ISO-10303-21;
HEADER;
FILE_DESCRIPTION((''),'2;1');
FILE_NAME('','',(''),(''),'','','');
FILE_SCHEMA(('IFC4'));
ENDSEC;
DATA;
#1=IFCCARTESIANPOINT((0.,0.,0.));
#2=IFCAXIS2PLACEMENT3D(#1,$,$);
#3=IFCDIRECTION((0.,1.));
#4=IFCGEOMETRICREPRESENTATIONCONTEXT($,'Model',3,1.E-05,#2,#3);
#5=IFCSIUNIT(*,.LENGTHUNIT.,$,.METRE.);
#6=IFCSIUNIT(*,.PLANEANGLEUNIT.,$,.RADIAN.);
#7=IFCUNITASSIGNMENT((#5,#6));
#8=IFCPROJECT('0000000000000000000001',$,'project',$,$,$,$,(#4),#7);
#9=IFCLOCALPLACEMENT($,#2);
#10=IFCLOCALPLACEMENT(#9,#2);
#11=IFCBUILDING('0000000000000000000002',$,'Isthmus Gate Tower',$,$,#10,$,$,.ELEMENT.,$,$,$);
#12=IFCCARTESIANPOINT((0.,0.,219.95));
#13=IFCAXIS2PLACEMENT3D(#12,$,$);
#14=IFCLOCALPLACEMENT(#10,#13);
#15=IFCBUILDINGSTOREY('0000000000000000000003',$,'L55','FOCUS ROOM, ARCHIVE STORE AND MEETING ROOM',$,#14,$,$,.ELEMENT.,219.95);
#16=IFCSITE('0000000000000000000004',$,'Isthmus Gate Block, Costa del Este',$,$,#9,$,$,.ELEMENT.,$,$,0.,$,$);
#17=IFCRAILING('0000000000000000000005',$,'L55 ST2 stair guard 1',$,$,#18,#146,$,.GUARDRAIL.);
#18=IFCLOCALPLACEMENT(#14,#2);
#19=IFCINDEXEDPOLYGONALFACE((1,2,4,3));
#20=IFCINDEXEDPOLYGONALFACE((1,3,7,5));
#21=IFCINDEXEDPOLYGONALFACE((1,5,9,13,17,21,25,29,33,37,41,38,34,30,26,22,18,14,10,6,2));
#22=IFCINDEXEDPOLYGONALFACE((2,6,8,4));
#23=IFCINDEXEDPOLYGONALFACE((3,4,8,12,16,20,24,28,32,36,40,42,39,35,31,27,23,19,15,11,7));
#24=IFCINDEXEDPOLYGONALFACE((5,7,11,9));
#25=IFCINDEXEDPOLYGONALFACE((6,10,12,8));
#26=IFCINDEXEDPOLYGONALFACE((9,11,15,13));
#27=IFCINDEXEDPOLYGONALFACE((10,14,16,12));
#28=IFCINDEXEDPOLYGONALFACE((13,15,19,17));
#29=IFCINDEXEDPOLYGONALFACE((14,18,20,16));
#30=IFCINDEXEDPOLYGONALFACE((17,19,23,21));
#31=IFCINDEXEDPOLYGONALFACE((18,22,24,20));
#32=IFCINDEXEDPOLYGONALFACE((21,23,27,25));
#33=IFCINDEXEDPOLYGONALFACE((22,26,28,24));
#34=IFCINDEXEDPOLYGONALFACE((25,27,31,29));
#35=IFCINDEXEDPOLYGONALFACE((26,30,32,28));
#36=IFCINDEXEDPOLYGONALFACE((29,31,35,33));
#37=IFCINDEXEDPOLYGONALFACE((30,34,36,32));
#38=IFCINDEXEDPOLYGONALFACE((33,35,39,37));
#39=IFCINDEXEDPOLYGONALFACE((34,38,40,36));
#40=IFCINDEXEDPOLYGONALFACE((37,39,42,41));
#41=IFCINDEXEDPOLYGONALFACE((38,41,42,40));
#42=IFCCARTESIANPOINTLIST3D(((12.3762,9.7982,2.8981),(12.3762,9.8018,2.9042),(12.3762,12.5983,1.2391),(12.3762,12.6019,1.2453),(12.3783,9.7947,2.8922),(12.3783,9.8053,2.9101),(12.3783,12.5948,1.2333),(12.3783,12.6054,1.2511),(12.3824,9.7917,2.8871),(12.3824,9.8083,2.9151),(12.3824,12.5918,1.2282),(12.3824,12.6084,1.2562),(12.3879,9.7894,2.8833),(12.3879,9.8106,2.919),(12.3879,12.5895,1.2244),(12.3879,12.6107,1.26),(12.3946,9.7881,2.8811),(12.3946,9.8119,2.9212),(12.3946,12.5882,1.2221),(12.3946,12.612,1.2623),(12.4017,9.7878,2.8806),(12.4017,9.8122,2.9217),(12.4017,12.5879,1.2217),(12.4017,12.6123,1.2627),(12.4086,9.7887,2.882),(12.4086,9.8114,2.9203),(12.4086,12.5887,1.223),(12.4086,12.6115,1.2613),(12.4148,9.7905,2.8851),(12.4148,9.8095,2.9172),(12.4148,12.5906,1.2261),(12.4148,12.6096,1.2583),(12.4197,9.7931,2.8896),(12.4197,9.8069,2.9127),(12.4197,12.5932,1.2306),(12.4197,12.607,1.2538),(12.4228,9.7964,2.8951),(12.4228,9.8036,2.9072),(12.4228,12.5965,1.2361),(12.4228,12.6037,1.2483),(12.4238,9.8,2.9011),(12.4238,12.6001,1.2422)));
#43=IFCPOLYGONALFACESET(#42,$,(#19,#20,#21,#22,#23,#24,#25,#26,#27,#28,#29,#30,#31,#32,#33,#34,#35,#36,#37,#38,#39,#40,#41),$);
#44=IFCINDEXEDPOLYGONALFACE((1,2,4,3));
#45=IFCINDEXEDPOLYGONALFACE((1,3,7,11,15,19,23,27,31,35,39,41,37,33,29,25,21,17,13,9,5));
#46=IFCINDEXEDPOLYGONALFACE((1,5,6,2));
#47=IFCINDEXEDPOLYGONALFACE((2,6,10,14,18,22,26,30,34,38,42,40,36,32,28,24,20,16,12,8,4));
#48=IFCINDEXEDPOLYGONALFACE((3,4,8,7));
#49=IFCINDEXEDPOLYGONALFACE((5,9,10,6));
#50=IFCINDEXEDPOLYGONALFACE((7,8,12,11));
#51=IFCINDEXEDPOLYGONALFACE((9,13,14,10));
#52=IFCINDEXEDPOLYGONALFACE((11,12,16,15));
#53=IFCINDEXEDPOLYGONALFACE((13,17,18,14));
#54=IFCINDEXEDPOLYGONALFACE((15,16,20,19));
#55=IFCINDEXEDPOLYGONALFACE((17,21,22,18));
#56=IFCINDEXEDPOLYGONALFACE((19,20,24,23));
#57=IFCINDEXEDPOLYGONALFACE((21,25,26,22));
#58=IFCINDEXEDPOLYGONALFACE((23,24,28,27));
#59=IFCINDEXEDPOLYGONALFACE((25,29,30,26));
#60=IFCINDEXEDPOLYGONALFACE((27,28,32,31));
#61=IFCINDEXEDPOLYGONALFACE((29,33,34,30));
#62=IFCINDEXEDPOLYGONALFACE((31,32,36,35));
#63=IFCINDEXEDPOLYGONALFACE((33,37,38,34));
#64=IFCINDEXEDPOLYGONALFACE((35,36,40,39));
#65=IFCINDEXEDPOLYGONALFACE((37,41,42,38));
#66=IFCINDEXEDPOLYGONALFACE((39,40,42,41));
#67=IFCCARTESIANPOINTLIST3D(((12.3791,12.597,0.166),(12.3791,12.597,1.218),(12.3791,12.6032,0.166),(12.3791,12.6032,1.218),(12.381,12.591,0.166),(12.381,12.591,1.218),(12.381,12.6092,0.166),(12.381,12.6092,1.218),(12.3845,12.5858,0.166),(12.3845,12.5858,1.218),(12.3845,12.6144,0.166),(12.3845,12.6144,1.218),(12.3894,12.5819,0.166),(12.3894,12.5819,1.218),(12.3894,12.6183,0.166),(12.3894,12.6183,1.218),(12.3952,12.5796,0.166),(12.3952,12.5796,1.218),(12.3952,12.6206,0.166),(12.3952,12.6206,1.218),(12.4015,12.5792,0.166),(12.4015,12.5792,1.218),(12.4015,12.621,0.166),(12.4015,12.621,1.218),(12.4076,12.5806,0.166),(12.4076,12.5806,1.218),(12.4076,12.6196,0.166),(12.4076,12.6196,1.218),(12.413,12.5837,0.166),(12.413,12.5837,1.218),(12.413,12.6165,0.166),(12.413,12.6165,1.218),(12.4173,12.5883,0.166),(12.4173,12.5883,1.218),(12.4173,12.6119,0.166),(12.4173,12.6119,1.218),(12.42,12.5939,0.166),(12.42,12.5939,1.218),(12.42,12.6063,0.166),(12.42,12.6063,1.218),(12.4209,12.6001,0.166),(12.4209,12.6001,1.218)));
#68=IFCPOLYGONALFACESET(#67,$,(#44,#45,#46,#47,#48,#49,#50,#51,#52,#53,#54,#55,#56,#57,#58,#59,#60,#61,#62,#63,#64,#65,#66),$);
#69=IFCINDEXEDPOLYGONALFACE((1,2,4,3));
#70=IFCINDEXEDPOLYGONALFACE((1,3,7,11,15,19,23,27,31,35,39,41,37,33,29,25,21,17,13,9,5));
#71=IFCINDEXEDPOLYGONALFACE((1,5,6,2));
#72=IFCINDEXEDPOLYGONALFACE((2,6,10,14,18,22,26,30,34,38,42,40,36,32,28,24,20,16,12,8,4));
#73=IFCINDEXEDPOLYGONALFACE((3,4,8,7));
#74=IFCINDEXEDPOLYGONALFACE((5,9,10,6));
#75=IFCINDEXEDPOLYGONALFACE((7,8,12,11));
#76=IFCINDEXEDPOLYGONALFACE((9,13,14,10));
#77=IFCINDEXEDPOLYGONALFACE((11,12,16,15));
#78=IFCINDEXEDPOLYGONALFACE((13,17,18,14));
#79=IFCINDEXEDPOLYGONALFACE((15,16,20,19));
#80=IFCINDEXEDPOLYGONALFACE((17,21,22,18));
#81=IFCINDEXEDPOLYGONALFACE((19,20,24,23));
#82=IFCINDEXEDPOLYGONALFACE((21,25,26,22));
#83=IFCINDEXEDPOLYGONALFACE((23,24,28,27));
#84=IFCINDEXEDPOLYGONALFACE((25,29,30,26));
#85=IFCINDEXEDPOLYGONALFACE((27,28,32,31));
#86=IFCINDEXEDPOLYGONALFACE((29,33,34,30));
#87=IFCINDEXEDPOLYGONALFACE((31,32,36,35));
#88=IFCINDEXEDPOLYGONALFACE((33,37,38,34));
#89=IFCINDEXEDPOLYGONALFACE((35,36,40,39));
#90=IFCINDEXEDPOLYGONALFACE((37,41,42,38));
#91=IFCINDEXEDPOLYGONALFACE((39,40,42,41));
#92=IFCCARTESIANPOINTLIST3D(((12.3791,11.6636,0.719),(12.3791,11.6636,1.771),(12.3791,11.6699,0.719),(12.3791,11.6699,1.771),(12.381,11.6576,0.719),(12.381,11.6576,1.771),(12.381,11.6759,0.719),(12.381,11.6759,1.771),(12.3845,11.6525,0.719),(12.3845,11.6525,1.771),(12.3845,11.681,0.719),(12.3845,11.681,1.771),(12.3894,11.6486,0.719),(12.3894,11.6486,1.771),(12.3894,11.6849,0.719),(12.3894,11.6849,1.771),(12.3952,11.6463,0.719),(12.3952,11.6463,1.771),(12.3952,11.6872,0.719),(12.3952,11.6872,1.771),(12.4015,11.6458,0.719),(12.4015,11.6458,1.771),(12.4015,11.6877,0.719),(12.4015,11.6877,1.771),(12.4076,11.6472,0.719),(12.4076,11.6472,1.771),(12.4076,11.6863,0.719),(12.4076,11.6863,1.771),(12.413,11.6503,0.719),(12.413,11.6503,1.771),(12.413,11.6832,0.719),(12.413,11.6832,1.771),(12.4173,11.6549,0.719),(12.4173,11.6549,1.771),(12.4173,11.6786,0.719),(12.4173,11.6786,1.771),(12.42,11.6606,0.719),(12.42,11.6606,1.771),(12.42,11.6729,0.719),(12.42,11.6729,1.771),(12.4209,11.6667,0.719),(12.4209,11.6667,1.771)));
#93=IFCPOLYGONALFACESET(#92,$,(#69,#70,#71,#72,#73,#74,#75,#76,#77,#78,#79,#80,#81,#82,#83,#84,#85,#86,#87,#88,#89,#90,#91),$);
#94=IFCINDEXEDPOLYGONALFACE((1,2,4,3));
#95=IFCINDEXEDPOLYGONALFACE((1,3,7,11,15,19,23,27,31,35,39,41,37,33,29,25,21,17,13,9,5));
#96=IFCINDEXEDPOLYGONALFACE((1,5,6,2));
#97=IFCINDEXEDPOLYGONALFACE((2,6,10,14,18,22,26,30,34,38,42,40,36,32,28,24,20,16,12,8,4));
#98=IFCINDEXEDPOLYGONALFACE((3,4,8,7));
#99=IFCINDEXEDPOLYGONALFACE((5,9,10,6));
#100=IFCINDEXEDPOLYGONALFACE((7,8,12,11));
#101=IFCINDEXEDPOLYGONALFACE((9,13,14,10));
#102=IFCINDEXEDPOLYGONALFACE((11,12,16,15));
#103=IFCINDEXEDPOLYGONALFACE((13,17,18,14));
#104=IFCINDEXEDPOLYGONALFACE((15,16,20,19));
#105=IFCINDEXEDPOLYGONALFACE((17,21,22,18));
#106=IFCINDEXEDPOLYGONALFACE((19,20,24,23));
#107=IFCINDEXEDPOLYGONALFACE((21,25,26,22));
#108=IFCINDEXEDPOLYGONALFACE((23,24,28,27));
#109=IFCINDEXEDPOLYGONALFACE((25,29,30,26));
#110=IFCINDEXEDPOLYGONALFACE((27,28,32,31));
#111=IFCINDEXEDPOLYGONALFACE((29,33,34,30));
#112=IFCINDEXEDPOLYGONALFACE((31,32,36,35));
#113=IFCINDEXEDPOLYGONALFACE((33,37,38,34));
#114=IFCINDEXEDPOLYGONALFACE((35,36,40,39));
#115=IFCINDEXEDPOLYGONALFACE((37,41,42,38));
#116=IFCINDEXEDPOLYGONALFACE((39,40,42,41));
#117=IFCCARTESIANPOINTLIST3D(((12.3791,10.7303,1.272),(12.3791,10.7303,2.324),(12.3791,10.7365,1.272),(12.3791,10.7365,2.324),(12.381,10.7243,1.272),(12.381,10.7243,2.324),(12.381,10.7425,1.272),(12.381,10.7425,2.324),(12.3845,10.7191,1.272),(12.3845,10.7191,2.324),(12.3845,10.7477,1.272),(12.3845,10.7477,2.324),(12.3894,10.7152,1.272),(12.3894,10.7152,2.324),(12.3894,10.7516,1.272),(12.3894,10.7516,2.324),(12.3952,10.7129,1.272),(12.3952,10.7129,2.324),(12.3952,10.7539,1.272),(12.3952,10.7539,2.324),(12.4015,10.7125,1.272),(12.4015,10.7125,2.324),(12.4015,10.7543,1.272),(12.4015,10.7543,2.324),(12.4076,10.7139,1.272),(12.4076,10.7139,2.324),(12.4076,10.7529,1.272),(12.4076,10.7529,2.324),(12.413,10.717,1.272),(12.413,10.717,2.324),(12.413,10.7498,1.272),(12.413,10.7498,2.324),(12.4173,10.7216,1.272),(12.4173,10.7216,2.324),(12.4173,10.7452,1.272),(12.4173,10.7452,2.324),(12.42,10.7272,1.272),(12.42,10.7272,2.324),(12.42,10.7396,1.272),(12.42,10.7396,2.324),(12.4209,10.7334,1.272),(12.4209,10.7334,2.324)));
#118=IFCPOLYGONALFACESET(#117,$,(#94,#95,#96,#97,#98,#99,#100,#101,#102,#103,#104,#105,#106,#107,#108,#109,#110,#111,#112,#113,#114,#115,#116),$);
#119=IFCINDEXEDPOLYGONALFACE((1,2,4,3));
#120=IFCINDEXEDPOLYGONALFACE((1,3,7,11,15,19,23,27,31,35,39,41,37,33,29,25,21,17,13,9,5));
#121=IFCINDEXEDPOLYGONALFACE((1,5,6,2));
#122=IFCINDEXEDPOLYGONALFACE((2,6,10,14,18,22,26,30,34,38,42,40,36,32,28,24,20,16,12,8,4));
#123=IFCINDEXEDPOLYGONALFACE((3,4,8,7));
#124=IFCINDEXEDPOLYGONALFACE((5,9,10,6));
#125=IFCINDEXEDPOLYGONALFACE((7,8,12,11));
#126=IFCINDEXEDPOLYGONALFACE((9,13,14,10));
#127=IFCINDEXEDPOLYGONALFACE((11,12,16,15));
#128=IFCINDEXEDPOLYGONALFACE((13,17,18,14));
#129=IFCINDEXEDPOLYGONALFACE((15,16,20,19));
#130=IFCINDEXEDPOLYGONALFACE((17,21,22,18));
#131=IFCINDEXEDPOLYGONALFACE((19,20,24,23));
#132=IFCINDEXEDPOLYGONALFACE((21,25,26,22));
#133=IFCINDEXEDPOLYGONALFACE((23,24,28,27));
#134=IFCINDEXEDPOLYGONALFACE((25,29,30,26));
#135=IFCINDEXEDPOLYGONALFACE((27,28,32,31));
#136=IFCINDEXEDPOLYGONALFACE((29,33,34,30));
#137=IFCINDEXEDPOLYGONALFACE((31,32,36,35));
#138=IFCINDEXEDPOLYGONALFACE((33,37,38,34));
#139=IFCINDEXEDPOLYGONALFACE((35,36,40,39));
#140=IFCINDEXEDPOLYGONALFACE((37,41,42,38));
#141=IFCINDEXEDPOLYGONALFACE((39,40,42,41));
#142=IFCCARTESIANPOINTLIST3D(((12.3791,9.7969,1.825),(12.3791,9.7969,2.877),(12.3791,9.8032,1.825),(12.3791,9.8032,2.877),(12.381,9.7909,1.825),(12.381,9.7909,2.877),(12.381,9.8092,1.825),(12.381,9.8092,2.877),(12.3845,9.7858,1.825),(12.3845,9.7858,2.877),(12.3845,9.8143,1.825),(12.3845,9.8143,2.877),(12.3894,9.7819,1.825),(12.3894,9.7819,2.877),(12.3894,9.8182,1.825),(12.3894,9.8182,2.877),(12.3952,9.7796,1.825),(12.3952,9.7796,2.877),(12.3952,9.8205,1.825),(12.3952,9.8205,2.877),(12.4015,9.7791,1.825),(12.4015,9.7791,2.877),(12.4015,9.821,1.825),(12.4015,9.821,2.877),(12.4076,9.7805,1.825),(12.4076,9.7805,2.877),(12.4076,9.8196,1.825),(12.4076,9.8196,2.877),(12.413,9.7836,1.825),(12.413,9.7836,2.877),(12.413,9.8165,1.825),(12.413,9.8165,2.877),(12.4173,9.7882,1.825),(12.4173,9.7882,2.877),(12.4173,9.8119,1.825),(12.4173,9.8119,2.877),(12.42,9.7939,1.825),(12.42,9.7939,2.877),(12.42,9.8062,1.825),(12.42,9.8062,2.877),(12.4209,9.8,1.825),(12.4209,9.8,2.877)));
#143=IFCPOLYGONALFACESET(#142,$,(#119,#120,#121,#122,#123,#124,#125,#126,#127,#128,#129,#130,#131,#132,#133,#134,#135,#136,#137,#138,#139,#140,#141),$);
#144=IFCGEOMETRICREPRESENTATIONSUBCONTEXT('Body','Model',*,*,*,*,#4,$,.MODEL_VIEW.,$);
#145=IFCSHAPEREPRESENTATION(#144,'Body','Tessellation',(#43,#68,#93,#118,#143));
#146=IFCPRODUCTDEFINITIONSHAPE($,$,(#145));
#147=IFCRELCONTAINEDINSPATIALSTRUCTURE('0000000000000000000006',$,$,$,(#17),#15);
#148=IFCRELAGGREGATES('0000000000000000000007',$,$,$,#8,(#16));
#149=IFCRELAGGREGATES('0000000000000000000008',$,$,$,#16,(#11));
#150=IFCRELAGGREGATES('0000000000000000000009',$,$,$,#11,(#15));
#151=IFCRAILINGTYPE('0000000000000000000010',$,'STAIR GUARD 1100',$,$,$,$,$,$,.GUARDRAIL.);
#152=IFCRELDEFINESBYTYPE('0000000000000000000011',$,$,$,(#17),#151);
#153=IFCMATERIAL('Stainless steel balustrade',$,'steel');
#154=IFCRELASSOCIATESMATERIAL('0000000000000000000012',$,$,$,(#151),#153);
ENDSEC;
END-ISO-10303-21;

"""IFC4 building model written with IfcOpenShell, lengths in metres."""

from ifc_helpers import new_model, si_unit, direction, frame, origin, origin_2d, place, context, subcontext, project, spatial, circle, extrude, material, type_object, element, save


model = new_model("IFC4")

# Units and contexts
model_context = context("Model", 3, precision=1e-05, world=origin(), true_north=direction((0.0, 1.0)))
body_context = subcontext(model_context, "Body", "Model", "MODEL_VIEW")
ifc_project = project(units=[si_unit("LENGTHUNIT", "METRE"), si_unit("PLANEANGLEUNIT", "RADIAN")], contexts=[model_context])

# Site, building, storey
site_placement = place(None, origin())
site = spatial("IfcSite", under=ifc_project, at=site_placement, Name="Isthmus Gate Block, Costa del Este", CompositionType="ELEMENT", RefElevation=0.0)
building_placement = place(site_placement, origin())
building = spatial("IfcBuilding", under=site, at=building_placement, Name="Isthmus Gate Tower", CompositionType="ELEMENT")
storey_placement = place(building_placement, frame((0.0, 0.0, 219.95)))
storey = spatial("IfcBuildingStorey", under=building, at=storey_placement, Name="L55", Description="FOCUS ROOM, ARCHIVE STORE AND MEETING ROOM", CompositionType="ELEMENT", Elevation=219.95)

# Railing
ifc_material_1 = material(Name="Stainless steel balustrade", Category="steel")
railing_type_1 = type_object("IfcRailingType", Name="STAIR GUARD 1100", PredefinedType="GUARDRAIL", material=ifc_material_1)
railing_1_placement = place(storey_placement, frame((12.3999, 12.6001, 0.166)))
element("IfcRailing", 1, at=railing_1_placement, inside=storey, type_object=railing_type_1, Name="L55 ST2 stair guard 1", PredefinedType="GUARDRAIL", context=body_context, shape_type="SweptSolid", body=[
    extrude(circle(Radius=0.0239, at=origin_2d()), frame((0.0, 0.0, 1.0762), z_axis=(0.0, -0.860339, 0.509722), x_axis=(1.0, 0.0, 0.0)), (0.0, 0.0, 1.0), 3.2546),
    extrude(circle(Radius=0.021, at=origin_2d()), origin(), (0.0, 0.0, 1.0), 1.052),
    extrude(circle(Radius=0.021, at=origin_2d()), frame((0.0, -0.9333, 0.553)), (0.0, 0.0, 1.0), 1.052),
    extrude(circle(Radius=0.021, at=origin_2d()), frame((0.0, -1.8667, 1.106)), (0.0, 0.0, 1.0), 1.052),
    extrude(circle(Radius=0.021, at=origin_2d()), frame((0.0, -2.8, 1.6589)), (0.0, 0.0, 1.0), 1.052),
])

save(model, "model.ifc")
